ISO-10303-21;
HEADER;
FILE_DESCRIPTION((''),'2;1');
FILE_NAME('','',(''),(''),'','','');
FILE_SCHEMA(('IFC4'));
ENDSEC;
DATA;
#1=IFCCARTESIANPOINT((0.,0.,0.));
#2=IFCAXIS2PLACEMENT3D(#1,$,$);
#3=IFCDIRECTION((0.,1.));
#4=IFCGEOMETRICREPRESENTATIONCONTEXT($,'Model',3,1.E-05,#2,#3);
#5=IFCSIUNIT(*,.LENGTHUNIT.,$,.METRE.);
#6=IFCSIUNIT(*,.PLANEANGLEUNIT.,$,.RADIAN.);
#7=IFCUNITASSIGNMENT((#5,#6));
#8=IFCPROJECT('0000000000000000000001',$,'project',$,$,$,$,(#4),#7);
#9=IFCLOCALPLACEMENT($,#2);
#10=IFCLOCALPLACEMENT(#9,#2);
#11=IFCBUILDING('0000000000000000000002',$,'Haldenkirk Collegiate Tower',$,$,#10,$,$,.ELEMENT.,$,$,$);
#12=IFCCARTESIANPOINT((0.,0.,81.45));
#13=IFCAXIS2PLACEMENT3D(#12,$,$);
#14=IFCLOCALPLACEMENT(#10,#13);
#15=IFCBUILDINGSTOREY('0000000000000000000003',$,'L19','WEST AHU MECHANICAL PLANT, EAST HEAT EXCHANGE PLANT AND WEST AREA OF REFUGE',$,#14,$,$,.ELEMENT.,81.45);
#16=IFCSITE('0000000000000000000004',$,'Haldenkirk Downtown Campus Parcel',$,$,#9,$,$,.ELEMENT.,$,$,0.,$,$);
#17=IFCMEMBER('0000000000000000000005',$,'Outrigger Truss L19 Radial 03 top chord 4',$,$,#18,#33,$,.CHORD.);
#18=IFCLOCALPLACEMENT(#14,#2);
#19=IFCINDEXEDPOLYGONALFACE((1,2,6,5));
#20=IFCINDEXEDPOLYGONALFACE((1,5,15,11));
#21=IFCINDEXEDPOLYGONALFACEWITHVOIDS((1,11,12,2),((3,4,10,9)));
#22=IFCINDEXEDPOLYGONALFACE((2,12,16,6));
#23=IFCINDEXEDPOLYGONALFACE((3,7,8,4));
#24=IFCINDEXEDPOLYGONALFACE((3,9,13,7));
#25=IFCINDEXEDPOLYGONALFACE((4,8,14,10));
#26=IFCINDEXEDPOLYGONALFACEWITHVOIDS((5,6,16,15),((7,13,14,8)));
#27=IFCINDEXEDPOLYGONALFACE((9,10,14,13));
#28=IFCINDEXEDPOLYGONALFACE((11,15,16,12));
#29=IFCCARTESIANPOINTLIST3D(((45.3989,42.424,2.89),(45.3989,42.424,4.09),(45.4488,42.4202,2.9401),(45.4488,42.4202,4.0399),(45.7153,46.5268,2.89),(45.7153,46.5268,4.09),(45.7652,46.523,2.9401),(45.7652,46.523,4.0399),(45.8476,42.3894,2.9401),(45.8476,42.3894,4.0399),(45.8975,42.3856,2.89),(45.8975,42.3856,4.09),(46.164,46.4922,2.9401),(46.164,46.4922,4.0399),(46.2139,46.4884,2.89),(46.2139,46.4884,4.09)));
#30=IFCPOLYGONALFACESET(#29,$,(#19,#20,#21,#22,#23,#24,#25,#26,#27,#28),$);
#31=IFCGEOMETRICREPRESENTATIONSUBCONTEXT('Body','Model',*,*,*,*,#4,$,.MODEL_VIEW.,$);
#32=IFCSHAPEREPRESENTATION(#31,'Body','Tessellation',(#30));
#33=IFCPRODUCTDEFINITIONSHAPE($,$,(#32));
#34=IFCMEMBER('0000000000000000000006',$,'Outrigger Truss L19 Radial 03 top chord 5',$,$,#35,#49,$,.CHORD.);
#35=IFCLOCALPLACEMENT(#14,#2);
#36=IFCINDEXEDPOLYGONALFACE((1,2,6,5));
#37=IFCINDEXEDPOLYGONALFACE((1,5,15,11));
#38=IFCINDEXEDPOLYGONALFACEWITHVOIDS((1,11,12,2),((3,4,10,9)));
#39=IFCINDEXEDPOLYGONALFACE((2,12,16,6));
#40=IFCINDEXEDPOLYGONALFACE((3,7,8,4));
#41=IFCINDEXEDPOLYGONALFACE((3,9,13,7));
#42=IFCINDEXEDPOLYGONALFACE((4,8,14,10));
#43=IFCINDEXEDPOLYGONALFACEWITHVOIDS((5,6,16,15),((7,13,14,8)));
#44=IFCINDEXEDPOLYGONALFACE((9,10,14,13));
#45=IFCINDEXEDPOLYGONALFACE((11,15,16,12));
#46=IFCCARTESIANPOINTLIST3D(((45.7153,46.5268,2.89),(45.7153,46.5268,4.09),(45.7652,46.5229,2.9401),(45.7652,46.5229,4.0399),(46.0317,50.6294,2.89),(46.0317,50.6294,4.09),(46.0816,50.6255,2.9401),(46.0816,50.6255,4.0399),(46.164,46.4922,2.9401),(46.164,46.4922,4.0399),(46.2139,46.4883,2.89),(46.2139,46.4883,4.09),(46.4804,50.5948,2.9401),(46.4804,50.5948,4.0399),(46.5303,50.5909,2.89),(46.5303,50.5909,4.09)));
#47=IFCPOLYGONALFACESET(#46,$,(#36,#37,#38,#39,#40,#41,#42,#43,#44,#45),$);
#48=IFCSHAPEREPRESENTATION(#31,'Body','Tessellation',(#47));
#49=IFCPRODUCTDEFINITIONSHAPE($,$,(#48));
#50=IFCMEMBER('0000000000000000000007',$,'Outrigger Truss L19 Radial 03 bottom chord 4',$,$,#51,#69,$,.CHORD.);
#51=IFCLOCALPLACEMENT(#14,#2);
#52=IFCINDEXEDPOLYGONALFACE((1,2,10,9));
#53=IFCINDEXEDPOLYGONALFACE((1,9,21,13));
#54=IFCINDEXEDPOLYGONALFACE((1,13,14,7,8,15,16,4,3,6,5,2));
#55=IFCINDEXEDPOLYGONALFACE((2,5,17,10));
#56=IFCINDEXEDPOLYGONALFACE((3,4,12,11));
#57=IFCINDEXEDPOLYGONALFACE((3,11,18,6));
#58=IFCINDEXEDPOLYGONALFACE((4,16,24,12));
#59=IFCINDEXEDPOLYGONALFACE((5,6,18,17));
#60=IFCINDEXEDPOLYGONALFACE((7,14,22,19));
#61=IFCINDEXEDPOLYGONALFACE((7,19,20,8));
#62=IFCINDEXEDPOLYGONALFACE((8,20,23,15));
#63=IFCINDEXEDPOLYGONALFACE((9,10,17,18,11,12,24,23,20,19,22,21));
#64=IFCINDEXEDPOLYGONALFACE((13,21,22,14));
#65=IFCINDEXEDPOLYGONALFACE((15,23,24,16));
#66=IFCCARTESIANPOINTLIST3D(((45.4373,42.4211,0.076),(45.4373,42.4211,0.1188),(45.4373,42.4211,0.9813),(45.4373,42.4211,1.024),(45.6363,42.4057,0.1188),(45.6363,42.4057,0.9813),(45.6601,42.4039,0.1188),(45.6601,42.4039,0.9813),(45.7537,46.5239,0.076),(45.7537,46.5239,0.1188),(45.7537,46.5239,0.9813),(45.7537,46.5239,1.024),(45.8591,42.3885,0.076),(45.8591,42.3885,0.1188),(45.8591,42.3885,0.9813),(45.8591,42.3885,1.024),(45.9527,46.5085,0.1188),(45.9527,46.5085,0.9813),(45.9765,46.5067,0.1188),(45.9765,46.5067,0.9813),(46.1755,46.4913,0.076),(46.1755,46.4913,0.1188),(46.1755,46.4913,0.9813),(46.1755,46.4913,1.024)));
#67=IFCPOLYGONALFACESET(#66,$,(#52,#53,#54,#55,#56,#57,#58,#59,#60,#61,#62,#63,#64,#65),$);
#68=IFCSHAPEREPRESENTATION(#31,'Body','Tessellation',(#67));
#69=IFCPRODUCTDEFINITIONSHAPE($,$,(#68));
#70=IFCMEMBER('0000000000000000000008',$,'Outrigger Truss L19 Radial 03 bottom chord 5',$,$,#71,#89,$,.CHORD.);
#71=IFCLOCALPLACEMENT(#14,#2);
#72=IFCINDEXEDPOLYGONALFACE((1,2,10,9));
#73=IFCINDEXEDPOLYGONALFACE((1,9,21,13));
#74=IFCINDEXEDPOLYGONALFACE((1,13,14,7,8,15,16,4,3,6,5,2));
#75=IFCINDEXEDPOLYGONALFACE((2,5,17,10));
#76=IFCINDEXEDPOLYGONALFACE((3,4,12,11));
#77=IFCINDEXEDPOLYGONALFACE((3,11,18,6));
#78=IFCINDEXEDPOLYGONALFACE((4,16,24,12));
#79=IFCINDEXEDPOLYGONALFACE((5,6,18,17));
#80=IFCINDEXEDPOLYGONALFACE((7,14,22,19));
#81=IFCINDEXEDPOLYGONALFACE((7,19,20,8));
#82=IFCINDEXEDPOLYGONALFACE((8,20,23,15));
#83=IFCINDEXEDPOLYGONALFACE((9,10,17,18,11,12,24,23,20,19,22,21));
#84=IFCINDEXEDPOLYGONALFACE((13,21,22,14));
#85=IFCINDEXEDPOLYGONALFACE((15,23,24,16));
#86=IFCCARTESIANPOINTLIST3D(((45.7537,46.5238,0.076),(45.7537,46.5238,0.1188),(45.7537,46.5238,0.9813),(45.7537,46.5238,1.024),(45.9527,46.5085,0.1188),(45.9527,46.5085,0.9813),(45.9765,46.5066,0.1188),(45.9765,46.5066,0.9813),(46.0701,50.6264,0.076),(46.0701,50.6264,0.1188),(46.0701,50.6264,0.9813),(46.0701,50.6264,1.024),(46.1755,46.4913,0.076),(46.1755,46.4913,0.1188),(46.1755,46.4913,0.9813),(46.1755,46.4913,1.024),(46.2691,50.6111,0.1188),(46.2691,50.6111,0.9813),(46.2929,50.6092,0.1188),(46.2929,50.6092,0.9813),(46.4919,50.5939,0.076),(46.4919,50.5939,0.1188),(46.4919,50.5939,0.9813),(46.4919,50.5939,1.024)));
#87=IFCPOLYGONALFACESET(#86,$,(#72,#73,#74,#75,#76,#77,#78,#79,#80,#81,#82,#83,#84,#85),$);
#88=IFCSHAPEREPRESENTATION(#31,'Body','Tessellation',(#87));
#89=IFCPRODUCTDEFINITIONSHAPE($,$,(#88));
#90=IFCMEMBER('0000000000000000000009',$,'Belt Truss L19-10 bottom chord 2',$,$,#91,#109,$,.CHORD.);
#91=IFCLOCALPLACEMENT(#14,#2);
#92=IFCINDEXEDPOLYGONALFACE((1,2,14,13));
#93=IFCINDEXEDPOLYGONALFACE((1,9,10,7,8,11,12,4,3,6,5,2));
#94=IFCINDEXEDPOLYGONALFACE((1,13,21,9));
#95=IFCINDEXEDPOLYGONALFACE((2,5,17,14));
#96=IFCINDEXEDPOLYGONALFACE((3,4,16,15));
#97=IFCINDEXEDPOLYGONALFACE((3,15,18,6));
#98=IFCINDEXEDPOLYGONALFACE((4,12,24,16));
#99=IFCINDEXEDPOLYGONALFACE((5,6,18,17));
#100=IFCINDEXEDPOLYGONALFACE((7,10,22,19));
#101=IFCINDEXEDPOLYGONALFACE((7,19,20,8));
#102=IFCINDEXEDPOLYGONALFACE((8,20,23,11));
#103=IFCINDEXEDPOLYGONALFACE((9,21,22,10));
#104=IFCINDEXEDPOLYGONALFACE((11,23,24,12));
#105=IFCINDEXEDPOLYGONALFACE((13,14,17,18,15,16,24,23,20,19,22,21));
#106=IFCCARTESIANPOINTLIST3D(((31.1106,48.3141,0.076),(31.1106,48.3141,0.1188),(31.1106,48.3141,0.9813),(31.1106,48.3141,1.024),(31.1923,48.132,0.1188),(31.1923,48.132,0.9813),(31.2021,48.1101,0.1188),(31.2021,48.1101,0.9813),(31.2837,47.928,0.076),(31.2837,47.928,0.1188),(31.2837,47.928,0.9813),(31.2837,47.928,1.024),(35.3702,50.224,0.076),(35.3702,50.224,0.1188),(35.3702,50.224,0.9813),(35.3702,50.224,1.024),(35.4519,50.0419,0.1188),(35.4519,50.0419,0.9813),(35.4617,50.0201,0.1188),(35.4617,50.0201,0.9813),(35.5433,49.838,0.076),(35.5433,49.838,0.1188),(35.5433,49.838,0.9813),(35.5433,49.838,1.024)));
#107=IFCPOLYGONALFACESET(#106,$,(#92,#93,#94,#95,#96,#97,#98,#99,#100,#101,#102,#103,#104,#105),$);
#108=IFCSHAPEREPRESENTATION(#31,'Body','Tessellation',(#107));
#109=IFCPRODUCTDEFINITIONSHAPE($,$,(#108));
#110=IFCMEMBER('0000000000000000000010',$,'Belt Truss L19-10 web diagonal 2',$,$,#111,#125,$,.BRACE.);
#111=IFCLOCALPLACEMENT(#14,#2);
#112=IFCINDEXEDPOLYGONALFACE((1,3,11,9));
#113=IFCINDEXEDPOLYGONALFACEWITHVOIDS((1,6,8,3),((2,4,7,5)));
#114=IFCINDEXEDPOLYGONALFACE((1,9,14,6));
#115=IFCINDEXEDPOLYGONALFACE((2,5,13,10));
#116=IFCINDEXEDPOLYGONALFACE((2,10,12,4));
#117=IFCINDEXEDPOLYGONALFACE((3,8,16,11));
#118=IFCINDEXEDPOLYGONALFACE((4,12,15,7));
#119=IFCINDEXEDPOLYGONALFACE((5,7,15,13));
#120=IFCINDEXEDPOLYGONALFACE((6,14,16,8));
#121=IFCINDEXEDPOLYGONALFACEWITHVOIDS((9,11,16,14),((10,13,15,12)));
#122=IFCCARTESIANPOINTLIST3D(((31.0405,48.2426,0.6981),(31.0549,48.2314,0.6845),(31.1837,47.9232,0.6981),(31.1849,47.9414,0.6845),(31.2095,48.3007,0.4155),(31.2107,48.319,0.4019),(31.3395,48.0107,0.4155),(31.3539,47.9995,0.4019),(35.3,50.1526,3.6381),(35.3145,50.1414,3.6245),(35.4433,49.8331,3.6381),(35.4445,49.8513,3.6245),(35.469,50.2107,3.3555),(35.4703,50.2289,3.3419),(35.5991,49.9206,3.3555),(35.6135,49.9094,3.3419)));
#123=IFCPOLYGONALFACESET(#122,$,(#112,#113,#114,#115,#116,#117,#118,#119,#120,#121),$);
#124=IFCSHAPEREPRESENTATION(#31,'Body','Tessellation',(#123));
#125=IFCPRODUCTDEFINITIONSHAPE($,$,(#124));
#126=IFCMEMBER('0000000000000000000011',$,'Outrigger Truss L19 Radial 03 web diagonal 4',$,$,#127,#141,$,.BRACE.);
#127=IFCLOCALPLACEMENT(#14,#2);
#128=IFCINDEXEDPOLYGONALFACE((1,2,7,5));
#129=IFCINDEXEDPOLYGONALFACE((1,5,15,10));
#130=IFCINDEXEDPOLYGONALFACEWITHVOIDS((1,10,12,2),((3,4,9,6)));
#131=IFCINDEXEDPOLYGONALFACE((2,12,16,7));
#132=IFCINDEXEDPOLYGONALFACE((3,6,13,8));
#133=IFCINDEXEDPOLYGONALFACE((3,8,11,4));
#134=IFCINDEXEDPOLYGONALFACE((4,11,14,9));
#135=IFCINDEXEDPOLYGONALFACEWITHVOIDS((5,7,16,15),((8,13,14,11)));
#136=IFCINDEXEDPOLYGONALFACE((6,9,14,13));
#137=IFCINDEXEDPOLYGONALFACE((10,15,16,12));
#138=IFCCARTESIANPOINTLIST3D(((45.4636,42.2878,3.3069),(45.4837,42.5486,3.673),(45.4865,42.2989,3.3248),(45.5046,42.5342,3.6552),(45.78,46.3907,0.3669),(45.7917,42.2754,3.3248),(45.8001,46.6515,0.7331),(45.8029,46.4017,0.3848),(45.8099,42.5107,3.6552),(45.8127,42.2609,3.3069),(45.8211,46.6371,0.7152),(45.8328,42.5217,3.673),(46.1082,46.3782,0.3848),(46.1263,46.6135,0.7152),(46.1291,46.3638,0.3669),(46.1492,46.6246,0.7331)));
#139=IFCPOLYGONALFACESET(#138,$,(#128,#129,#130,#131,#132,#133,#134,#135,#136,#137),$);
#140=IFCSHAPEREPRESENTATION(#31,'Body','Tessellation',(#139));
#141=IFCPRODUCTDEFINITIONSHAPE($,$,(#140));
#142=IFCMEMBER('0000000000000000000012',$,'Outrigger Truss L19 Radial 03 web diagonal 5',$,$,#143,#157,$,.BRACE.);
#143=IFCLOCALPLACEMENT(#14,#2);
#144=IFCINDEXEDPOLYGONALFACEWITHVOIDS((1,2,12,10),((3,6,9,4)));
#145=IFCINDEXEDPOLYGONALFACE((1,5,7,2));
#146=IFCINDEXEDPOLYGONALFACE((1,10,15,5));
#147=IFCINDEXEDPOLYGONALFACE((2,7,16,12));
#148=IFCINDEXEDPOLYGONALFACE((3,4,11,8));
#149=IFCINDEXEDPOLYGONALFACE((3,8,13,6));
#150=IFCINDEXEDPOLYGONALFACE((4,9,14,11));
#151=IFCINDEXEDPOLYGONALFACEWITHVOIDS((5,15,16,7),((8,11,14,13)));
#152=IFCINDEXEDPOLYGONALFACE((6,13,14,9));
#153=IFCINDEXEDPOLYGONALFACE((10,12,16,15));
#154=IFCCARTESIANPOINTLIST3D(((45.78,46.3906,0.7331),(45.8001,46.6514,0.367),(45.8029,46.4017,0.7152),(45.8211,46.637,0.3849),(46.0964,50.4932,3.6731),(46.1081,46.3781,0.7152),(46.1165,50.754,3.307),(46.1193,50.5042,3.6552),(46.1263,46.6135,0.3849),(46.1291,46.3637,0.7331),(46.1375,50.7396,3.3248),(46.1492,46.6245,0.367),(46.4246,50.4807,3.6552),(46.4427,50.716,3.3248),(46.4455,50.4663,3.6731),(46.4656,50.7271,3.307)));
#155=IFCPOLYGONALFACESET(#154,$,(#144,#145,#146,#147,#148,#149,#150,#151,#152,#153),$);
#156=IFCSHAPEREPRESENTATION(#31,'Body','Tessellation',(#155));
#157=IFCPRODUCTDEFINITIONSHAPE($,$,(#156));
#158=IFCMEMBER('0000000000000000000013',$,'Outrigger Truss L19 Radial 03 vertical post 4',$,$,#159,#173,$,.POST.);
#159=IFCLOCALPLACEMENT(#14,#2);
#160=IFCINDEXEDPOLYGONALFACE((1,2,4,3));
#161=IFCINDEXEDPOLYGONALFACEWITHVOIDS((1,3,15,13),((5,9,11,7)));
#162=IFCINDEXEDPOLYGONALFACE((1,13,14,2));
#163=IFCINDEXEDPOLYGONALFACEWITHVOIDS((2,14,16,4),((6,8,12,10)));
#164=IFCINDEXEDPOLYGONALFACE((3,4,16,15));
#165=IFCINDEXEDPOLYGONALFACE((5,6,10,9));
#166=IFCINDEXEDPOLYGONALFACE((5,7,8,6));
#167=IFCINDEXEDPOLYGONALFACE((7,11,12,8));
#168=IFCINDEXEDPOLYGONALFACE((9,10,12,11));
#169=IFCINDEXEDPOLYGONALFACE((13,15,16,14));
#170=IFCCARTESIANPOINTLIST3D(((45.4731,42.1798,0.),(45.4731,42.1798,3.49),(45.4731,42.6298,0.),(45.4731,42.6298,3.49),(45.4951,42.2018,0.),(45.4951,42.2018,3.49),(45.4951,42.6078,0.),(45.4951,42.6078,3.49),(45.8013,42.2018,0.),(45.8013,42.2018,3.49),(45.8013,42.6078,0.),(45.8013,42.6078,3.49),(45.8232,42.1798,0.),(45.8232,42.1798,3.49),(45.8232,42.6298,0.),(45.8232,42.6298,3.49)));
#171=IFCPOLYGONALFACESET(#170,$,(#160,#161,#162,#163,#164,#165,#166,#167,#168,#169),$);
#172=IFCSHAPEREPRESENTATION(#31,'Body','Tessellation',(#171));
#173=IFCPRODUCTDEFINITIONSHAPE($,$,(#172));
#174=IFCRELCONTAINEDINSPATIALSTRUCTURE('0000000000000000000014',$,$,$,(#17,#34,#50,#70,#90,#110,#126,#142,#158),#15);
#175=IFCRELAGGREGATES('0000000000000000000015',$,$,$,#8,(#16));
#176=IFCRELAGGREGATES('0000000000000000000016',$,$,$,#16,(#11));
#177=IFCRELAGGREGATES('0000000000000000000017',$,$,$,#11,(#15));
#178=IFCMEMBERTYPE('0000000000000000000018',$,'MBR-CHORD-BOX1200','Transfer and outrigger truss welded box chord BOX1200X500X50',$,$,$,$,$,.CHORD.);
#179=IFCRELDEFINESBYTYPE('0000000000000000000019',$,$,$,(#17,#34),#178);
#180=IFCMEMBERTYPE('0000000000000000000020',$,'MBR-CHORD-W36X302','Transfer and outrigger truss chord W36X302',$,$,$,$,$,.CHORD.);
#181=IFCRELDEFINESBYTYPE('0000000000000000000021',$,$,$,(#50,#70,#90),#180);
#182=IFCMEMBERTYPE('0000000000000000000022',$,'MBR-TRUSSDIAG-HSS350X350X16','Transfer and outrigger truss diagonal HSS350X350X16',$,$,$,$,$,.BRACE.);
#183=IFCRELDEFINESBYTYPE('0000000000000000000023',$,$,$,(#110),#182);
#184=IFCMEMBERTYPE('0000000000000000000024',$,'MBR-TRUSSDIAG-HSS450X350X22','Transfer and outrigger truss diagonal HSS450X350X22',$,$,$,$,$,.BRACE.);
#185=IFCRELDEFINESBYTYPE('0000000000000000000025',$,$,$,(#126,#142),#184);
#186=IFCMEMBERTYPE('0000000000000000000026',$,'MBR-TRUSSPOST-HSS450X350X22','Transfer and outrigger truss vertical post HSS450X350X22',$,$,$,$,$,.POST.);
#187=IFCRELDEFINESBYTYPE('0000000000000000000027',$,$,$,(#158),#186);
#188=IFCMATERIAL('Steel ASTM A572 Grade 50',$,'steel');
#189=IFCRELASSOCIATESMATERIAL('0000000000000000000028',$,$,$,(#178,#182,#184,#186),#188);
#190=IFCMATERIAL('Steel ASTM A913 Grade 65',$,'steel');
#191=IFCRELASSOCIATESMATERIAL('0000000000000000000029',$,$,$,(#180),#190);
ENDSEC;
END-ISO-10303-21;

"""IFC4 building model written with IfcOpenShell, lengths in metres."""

from ifc_helpers import new_model, si_unit, direction, frame, origin, origin_2d, place, context, subcontext, project, spatial, hollow_rectangle, i_section, extrude, material, material_profile, profile_set, type_object, element, save


model = new_model("IFC4")

# Units and contexts
model_context = context("Model", 3, precision=1e-05, world=origin(), true_north=direction((0.0, 1.0)))
body_context = subcontext(model_context, "Body", "Model", "MODEL_VIEW")
ifc_project = project(units=[si_unit("LENGTHUNIT", "METRE"), si_unit("PLANEANGLEUNIT", "RADIAN")], contexts=[model_context])

# Site, building, storey
site_placement = place(None, origin())
site = spatial("IfcSite", under=ifc_project, at=site_placement, Name="Haldenkirk Downtown Campus Parcel", CompositionType="ELEMENT", RefElevation=0.0)
building_placement = place(site_placement, origin())
building = spatial("IfcBuilding", under=site, at=building_placement, Name="Haldenkirk Collegiate Tower", CompositionType="ELEMENT")
storey_placement = place(building_placement, frame((0.0, 0.0, 81.45)))
storey = spatial("IfcBuildingStorey", under=building, at=storey_placement, Name="L19", Description="WEST AHU MECHANICAL PLANT, EAST HEAT EXCHANGE PLANT AND WEST AREA OF REFUGE", CompositionType="ELEMENT", Elevation=81.45)

# Members
ifc_material_1 = material(Name="Steel ASTM A572 Grade 50", Category="steel")
ifc_material_profile_1 = material_profile(ifc_material_1, hollow_rectangle(XDim=0.5, YDim=1.2, WallThickness=0.05, at=origin_2d()), Name="BOX1200X500X50")
ifc_profile_set_1 = profile_set([ifc_material_profile_1], Name="Steel ASTM A572 Grade 50")
member_type_1 = type_object("IfcMemberType", Name="MBR-CHORD-BOX1200", Description="Transfer and outrigger truss welded box chord BOX1200X500X50", PredefinedType="CHORD", material=ifc_profile_set_1)
member_1_placement = place(storey_placement, frame((45.6482, 42.4048, 3.49), z_axis=(0.076892, 0.997039, 0.0), x_axis=(-0.997039, 0.076892, 0.0)))
element("IfcMember", 1, at=member_1_placement, inside=storey, type_object=member_type_1, Name="Outrigger Truss L19 Radial 03 top chord 4", PredefinedType="CHORD", context=body_context, shape_type="SweptSolid", body=[
    extrude(hollow_rectangle(XDim=0.5, YDim=1.2, WallThickness=0.05, at=origin_2d()), origin(), (0.0, 0.0, 1.0), 4.115),
])
member_2_placement = place(storey_placement, frame((45.9646, 46.5076, 3.49), z_axis=(0.076896, 0.997039, 0.0), x_axis=(-0.997039, 0.076896, 0.0)))
element("IfcMember", 2, at=member_2_placement, inside=storey, type_object=member_type_1, Name="Outrigger Truss L19 Radial 03 top chord 5", PredefinedType="CHORD", context=body_context, shape_type="SweptSolid", body=[
    extrude(hollow_rectangle(XDim=0.5, YDim=1.2, WallThickness=0.05, at=origin_2d()), origin(), (0.0, 0.0, 1.0), 4.1147),
])
ifc_material_2 = material(Name="Steel ASTM A913 Grade 65", Category="steel")
ifc_material_profile_2 = material_profile(ifc_material_2, i_section(OverallWidth=0.4231, OverallDepth=0.948, WebThickness=0.0239, FlangeThickness=0.0427, at=origin_2d()), Name="W36X302")
ifc_profile_set_2 = profile_set([ifc_material_profile_2], Name="Steel ASTM A913 Grade 65")
member_type_2 = type_object("IfcMemberType", Name="MBR-CHORD-W36X302", Description="Transfer and outrigger truss chord W36X302", PredefinedType="CHORD", material=ifc_profile_set_2)
member_3_placement = place(storey_placement, frame((45.6482, 42.4048, 0.55), z_axis=(0.076892, 0.997039, 0.0), x_axis=(-0.997039, 0.076892, 0.0)))
element("IfcMember", 3, at=member_3_placement, inside=storey, type_object=member_type_2, Name="Outrigger Truss L19 Radial 03 bottom chord 4", PredefinedType="CHORD", context=body_context, shape_type="SweptSolid", body=[
    extrude(i_section(OverallWidth=0.4231, OverallDepth=0.948, WebThickness=0.0239, FlangeThickness=0.0427, at=origin_2d()), origin(), (0.0, 0.0, 1.0), 4.115),
])
member_4_placement = place(storey_placement, frame((45.9646, 46.5076, 0.55), z_axis=(0.076896, 0.997039, 0.0), x_axis=(-0.997039, 0.076896, 0.0)))
element("IfcMember", 4, at=member_4_placement, inside=storey, type_object=member_type_2, Name="Outrigger Truss L19 Radial 03 bottom chord 5", PredefinedType="CHORD", context=body_context, shape_type="SweptSolid", body=[
    extrude(i_section(OverallWidth=0.4231, OverallDepth=0.948, WebThickness=0.0239, FlangeThickness=0.0427, at=origin_2d()), origin(), (0.0, 0.0, 1.0), 4.1147),
])
member_5_placement = place(storey_placement, frame((35.4568, 50.031, 0.55), z_axis=(-0.912472, -0.40914, 0.0), x_axis=(0.40914, -0.912472, 0.0)))
element("IfcMember", 5, at=member_5_placement, inside=storey, type_object=member_type_2, Name="Belt Truss L19-10 bottom chord 2", PredefinedType="CHORD", context=body_context, shape_type="SweptSolid", body=[
    extrude(i_section(OverallWidth=0.4231, OverallDepth=0.948, WebThickness=0.0239, FlangeThickness=0.0427, at=origin_2d()), origin(), (0.0, 0.0, 1.0), 4.6682),
])
ifc_material_profile_3 = material_profile(ifc_material_1, hollow_rectangle(XDim=0.3501, YDim=0.3501, WallThickness=0.0161, at=origin_2d()), Name="HSS350X350X16")
ifc_profile_set_3 = profile_set([ifc_material_profile_3], Name="Steel ASTM A572 Grade 50")
member_type_3 = type_object("IfcMemberType", Name="MBR-TRUSSDIAG-HSS350X350X16", Description="Transfer and outrigger truss diagonal HSS350X350X16", PredefinedType="BRACE", material=ifc_profile_set_3)
member_6_placement = place(storey_placement, frame((35.4568, 50.031, 3.49), z_axis=(-0.772107, -0.346202, -0.532912), x_axis=(0.40914, -0.912472, 0.0)))
element("IfcMember", 6, at=member_6_placement, inside=storey, type_object=member_type_3, Name="Belt Truss L19-10 web diagonal 2", PredefinedType="BRACE", context=body_context, shape_type="SweptSolid", body=[
    extrude(hollow_rectangle(XDim=0.3501, YDim=0.3501, WallThickness=0.0161, at=origin_2d()), origin(), (0.0, 0.0, 1.0), 5.5168),
])
ifc_material_profile_4 = material_profile(ifc_material_1, hollow_rectangle(XDim=0.3501, YDim=0.45, WallThickness=0.022, at=origin_2d()), Name="HSS450X350X22")
ifc_profile_set_4 = profile_set([ifc_material_profile_4], Name="Steel ASTM A572 Grade 50")
member_type_4 = type_object("IfcMemberType", Name="MBR-TRUSSDIAG-HSS450X350X22", Description="Transfer and outrigger truss diagonal HSS450X350X22", PredefinedType="BRACE", material=ifc_profile_set_4)
member_7_placement = place(storey_placement, frame((45.6482, 42.4048, 3.49), z_axis=(0.062564, 0.811261, -0.581327), x_axis=(-0.997039, 0.076892, 0.0)))
element("IfcMember", 7, at=member_7_placement, inside=storey, type_object=member_type_4, Name="Outrigger Truss L19 Radial 03 web diagonal 4", PredefinedType="BRACE", context=body_context, shape_type="SweptSolid", body=[
    extrude(hollow_rectangle(XDim=0.3501, YDim=0.45, WallThickness=0.022, at=origin_2d()), origin(), (0.0, 0.0, 1.0), 5.0574),
])
member_8_placement = place(storey_placement, frame((45.9646, 46.5076, 0.55), z_axis=(0.062567, 0.811244, 0.58135), x_axis=(-0.997039, 0.076896, 0.0)))
element("IfcMember", 8, at=member_8_placement, inside=storey, type_object=member_type_4, Name="Outrigger Truss L19 Radial 03 web diagonal 5", PredefinedType="BRACE", context=body_context, shape_type="SweptSolid", body=[
    extrude(hollow_rectangle(XDim=0.3501, YDim=0.45, WallThickness=0.022, at=origin_2d()), origin(), (0.0, 0.0, 1.0), 5.0571),
])
ifc_material_profile_5 = material_profile(ifc_material_1, hollow_rectangle(XDim=0.3501, YDim=0.45, WallThickness=0.022, at=origin_2d()), Name="HSS450X350X22")
ifc_profile_set_5 = profile_set([ifc_material_profile_5], Name="Steel ASTM A572 Grade 50")
member_type_5 = type_object("IfcMemberType", Name="MBR-TRUSSPOST-HSS450X350X22", Description="Transfer and outrigger truss vertical post HSS450X350X22", PredefinedType="POST", material=ifc_profile_set_5)
for number, where, z_axis, x_axis, name in (
    (9, (45.6482, 42.4048, 0.0), (0.0, 0.0, 1.0), (1.0, 0.0, 0.0), "Outrigger Truss L19 Radial 03 vertical post 4"),
):
    element("IfcMember", number, at=place(storey_placement, frame(where, z_axis=z_axis, x_axis=x_axis)), inside=storey, type_object=member_type_5, Name=name, PredefinedType="POST", context=body_context, shape_type="SweptSolid", body=[
        extrude(hollow_rectangle(XDim=0.3501, YDim=0.45, WallThickness=0.022, at=origin_2d()), origin(), (0.0, 0.0, 1.0), 3.49),
    ])

save(model, "model.ifc")
